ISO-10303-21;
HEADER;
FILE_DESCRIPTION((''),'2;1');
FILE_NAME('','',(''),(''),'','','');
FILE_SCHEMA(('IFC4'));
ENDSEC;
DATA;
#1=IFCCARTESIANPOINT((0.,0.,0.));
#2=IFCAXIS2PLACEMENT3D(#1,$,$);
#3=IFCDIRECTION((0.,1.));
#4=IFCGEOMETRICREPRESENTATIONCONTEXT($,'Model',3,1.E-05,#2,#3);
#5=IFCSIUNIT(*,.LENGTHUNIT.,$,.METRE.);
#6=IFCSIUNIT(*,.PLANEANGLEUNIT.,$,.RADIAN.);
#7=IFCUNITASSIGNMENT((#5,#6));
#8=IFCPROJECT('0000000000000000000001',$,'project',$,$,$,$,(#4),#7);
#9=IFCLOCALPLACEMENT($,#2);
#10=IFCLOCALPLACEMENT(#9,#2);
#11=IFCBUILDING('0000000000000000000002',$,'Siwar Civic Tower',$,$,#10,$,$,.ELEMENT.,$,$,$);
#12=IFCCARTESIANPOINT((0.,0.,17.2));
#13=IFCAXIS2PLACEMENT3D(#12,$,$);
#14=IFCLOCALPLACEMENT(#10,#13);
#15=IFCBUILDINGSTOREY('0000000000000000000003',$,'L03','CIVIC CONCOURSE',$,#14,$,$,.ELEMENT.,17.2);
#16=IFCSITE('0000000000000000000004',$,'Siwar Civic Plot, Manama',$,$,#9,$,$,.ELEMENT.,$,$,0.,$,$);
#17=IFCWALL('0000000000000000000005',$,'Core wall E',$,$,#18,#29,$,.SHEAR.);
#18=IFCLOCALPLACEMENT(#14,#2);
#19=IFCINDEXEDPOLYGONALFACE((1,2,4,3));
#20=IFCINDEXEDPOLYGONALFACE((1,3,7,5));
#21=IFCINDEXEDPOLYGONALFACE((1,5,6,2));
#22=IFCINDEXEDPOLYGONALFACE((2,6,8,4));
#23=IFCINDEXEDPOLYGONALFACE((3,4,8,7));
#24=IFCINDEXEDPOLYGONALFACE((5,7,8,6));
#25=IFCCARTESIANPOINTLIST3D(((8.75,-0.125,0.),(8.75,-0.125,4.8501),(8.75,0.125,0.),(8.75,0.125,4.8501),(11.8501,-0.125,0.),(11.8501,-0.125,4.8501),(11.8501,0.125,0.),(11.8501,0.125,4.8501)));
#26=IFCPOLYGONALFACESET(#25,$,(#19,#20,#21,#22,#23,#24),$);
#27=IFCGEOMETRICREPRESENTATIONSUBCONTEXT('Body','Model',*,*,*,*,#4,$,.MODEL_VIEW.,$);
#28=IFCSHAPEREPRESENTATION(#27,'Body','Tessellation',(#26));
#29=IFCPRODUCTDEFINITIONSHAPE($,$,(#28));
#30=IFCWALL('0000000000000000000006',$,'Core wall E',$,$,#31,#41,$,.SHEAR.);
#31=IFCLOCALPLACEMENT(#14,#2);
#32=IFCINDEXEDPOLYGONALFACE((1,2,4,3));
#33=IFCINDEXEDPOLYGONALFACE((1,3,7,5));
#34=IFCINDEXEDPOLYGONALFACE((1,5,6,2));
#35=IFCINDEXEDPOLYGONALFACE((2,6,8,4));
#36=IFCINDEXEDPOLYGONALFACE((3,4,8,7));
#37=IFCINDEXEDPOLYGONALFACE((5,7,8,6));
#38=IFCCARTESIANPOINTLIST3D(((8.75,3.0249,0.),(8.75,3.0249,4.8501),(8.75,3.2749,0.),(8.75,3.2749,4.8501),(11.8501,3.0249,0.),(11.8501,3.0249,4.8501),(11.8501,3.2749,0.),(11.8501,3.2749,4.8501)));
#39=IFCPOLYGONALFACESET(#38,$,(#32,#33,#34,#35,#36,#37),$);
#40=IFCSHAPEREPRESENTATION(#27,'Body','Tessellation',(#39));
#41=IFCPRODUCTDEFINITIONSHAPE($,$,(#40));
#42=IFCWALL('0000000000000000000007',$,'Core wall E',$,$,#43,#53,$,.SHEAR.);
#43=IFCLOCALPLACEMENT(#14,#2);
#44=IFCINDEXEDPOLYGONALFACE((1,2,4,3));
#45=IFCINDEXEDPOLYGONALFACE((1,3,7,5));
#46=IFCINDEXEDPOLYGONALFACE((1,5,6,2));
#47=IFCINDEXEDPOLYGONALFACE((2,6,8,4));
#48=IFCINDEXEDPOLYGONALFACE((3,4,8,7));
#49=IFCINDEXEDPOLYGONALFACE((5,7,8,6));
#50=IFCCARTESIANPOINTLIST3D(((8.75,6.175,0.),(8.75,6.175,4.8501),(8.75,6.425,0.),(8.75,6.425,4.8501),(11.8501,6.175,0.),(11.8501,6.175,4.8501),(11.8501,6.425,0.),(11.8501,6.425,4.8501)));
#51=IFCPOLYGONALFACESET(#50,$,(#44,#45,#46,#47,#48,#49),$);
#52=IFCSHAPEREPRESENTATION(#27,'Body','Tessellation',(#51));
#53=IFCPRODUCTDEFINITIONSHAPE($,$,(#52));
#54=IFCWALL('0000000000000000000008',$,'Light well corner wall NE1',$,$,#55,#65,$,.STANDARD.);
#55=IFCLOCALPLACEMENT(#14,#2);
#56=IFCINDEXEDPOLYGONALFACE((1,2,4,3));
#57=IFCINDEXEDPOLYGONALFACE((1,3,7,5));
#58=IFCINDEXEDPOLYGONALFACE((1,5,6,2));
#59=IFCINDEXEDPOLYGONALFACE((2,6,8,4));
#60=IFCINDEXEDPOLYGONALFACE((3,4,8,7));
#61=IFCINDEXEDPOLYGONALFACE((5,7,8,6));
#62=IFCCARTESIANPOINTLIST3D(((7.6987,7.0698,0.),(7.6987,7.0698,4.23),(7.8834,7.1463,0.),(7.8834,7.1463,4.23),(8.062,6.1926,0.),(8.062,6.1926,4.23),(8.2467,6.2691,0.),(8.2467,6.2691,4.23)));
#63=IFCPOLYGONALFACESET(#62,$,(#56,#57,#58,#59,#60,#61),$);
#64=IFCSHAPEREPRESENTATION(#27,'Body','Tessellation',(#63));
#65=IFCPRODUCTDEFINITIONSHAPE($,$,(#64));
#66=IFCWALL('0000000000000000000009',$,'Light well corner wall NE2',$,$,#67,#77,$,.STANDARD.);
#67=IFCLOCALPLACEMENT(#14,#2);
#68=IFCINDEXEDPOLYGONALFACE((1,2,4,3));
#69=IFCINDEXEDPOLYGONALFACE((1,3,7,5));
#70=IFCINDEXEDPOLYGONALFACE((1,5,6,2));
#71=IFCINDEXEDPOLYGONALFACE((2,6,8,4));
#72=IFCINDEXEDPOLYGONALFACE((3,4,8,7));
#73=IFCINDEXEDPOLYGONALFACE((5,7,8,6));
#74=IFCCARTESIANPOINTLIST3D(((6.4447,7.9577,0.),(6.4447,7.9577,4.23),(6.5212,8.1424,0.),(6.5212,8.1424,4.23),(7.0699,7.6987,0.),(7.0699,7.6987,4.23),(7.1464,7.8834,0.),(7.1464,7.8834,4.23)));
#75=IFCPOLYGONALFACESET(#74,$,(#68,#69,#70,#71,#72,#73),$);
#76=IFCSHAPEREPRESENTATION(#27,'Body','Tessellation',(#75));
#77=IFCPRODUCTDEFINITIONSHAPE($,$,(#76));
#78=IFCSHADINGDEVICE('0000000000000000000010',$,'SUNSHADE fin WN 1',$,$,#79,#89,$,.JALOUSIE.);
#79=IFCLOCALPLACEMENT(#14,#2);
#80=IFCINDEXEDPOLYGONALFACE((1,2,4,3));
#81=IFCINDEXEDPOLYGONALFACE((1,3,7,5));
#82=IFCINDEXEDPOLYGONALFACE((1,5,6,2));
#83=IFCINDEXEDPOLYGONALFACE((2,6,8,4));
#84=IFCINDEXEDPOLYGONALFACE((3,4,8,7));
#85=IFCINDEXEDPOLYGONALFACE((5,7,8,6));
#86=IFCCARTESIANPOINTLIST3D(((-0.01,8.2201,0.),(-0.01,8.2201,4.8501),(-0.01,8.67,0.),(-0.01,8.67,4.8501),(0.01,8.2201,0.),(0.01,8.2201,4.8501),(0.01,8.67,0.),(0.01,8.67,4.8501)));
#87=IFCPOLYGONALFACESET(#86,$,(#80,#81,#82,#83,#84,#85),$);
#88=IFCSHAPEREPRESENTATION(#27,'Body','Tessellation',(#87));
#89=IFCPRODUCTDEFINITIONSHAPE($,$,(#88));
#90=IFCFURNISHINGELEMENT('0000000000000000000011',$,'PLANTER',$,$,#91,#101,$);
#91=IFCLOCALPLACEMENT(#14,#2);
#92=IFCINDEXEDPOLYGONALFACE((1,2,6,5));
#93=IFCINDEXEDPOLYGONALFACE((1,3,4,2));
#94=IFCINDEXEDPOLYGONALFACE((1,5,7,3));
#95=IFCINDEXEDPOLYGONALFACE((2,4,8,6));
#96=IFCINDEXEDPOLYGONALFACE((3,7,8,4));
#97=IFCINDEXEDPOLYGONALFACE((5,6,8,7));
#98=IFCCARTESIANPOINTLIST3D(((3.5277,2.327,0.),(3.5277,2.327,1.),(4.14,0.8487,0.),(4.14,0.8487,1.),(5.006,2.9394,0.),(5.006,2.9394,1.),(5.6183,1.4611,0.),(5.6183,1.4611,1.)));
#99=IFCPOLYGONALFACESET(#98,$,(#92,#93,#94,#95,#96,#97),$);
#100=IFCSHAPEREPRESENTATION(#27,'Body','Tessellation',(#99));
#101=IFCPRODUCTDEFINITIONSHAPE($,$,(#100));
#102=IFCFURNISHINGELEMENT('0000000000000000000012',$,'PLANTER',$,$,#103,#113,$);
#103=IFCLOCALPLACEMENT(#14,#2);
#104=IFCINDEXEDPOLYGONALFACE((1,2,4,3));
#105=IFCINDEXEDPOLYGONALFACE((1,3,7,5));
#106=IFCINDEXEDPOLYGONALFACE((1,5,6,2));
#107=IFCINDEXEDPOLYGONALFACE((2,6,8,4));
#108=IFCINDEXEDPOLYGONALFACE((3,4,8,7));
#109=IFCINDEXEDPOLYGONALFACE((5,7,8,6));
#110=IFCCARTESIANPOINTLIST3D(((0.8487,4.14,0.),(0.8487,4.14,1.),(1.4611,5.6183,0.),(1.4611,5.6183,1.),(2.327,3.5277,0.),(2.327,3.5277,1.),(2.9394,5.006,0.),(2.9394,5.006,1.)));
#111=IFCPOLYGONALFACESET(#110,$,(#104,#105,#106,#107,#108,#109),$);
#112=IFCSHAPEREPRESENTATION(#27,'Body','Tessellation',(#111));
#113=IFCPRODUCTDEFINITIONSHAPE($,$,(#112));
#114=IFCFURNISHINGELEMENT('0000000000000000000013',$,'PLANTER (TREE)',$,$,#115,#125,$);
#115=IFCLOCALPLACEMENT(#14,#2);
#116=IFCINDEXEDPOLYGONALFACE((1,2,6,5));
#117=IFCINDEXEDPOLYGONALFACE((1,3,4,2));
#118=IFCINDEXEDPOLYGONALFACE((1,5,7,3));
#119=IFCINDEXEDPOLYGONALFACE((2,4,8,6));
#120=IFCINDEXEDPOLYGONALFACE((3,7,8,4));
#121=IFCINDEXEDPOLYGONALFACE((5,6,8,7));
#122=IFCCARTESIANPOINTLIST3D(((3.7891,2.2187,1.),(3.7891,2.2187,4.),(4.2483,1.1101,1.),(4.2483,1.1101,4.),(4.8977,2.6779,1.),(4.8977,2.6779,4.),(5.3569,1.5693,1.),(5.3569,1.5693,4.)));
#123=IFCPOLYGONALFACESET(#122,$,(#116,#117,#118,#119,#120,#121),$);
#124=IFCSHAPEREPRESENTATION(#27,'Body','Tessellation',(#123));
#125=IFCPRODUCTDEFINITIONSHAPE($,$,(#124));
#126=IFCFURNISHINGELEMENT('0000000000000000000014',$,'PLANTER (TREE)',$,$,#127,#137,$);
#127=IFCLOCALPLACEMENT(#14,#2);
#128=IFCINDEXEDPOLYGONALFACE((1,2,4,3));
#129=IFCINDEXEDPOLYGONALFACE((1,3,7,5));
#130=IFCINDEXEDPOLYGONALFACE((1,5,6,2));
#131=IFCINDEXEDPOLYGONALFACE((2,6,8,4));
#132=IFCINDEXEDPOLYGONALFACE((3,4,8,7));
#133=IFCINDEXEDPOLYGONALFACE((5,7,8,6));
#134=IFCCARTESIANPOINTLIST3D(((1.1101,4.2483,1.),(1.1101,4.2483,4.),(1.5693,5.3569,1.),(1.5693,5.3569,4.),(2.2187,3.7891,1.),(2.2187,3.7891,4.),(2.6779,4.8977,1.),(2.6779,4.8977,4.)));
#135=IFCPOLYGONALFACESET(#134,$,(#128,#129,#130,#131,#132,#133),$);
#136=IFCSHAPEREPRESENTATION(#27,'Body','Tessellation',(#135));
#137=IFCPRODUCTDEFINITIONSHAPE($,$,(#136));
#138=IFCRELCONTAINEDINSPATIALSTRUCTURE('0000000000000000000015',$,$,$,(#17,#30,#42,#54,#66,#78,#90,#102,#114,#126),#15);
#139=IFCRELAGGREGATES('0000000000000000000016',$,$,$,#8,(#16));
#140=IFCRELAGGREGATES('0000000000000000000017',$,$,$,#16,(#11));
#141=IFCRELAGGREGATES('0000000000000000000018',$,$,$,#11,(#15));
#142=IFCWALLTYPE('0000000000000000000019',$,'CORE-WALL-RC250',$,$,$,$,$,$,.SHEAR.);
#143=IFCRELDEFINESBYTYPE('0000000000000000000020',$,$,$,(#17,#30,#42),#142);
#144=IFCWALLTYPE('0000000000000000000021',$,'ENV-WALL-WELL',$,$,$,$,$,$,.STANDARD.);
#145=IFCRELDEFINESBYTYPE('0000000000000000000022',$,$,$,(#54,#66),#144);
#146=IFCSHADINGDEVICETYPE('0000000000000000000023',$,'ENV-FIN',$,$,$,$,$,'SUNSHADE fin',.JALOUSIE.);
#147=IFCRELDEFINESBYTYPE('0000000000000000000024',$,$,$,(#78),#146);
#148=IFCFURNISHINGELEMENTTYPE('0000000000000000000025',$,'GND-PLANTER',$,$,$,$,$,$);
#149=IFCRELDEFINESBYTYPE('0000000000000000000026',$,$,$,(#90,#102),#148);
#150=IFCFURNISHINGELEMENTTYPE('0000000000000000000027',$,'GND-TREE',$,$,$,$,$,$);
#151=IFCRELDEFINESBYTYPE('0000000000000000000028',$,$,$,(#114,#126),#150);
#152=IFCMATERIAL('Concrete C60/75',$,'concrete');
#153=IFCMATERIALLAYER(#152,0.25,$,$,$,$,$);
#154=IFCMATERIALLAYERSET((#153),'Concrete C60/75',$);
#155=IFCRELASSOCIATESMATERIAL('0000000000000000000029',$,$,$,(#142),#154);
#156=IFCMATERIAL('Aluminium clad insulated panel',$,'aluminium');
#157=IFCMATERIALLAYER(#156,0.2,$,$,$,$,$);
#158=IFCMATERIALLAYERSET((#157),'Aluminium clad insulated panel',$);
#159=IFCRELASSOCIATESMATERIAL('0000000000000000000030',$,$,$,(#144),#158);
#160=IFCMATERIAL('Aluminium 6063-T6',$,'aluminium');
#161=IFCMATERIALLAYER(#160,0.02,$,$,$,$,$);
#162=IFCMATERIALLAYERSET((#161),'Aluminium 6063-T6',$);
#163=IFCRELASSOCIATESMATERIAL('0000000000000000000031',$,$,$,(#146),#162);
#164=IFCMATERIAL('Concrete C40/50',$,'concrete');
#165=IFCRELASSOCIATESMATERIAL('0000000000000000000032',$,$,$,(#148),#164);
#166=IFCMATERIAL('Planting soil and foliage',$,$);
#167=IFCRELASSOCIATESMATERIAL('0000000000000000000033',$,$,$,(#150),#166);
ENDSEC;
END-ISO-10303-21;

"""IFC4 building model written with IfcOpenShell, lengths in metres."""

from ifc_helpers import new_model, si_unit, direction, frame, frame_2d, origin, origin_2d, place, context, subcontext, project, spatial, rectangle, extrude, material, layer, layer_set, type_object, element, save


model = new_model("IFC4")

# Units and contexts
model_context = context("Model", 3, precision=1e-05, world=origin(), true_north=direction((0.0, 1.0)))
body_context = subcontext(model_context, "Body", "Model", "MODEL_VIEW")
ifc_project = project(units=[si_unit("LENGTHUNIT", "METRE"), si_unit("PLANEANGLEUNIT", "RADIAN")], contexts=[model_context])

# Site, building, storey
site_placement = place(None, origin())
site = spatial("IfcSite", under=ifc_project, at=site_placement, Name="Siwar Civic Plot, Manama", CompositionType="ELEMENT", RefElevation=0.0)
building_placement = place(site_placement, origin())
building = spatial("IfcBuilding", under=site, at=building_placement, Name="Siwar Civic Tower", CompositionType="ELEMENT")
storey_placement = place(building_placement, frame((0.0, 0.0, 17.2)))
storey = spatial("IfcBuildingStorey", under=building, at=storey_placement, Name="L03", Description="CIVIC CONCOURSE", CompositionType="ELEMENT", Elevation=17.2)

# Shared definitions
ifc_material_1 = material(Name="Concrete C60/75", Category="concrete")
ifc_layer_1 = layer(ifc_material_1, 0.25)
ifc_layer_set_1 = layer_set([ifc_layer_1], Name="Concrete C60/75")
wall_type_1 = type_object("IfcWallType", Name="CORE-WALL-RC250", PredefinedType="SHEAR", material=ifc_layer_set_1)

# Walls
for number, where, z_axis, x_axis, name in (
    (1, (8.75, 0.0, 0.0), (0.0, 0.0, 1.0), (1.0, 0.0, 0.0), "Core wall E"),
    (2, (8.75, 3.1499, 0.0), (0.0, 0.0, 1.0), (1.0, 0.0, 0.0), "Core wall E"),
    (3, (8.75, 6.3, 0.0), (0.0, 0.0, 1.0), (1.0, 0.0, 0.0), "Core wall E"),
):
    element("IfcWall", number, at=place(storey_placement, frame(where, z_axis=z_axis, x_axis=x_axis)), inside=storey, type_object=wall_type_1, Name=name, PredefinedType="SHEAR", context=body_context, shape_type="SweptSolid", body=[
        extrude(rectangle(XDim=3.1001, YDim=0.25, at=frame_2d((1.55, 0.0))), origin(), (0.0, 0.0, 1.0), 4.8501),
    ])
ifc_material_2 = material(Name="Aluminium clad insulated panel", Category="aluminium")
ifc_layer_2 = layer(ifc_material_2, 0.2)
ifc_layer_set_2 = layer_set([ifc_layer_2], Name="Aluminium clad insulated panel")
wall_type_2 = type_object("IfcWallType", Name="ENV-WALL-WELL", PredefinedType="STANDARD", material=ifc_layer_set_2)
wall_1_placement = place(storey_placement, frame((8.1543, 6.231, 0.0), z_axis=(0.0, 0.0, 1.0), x_axis=(-0.382624, 0.923904, 0.0)))
element("IfcWall", 4, at=wall_1_placement, inside=storey, type_object=wall_type_2, Name="Light well corner wall NE1", PredefinedType="STANDARD", context=body_context, shape_type="SweptSolid", body=[
    extrude(rectangle(XDim=0.9495, YDim=0.2, at=frame_2d((0.4746, 0.0))), origin(), (0.0, 0.0, 1.0), 4.23),
])
wall_2_placement = place(storey_placement, frame((7.1082, 7.791, 0.0), z_axis=(0.0, 0.0, 1.0), x_axis=(-0.923854, 0.382745, 0.0)))
element("IfcWall", 5, at=wall_2_placement, inside=storey, type_object=wall_type_2, Name="Light well corner wall NE2", PredefinedType="STANDARD", context=body_context, shape_type="SweptSolid", body=[
    extrude(rectangle(XDim=0.6768, YDim=0.2, at=frame_2d((0.3384, 0.0))), origin(), (0.0, 0.0, 1.0), 4.23),
])

# Shading device
ifc_material_3 = material(Name="Aluminium 6063-T6", Category="aluminium")
ifc_layer_3 = layer(ifc_material_3, 0.02)
ifc_layer_set_3 = layer_set([ifc_layer_3], Name="Aluminium 6063-T6")
shading_device_type = type_object("IfcShadingDeviceType", Name="ENV-FIN", ElementType="SUNSHADE fin", PredefinedType="JALOUSIE", material=ifc_layer_set_3)
shading_device_placement = place(storey_placement, frame((0.0, 8.4451, 0.0), z_axis=(0.0, 0.0, 1.0), x_axis=(-1.0, 0.0, 0.0)))
element("IfcShadingDevice", 6, at=shading_device_placement, inside=storey, type_object=shading_device_type, Name="SUNSHADE fin WN 1", PredefinedType="JALOUSIE", context=body_context, shape_type="SweptSolid", body=[
    extrude(rectangle(XDim=0.02, YDim=0.45, at=origin_2d()), origin(), (0.0, 0.0, 1.0), 4.8501),
])

# Furnishing elements
ifc_material_4 = material(Name="Concrete C40/50", Category="concrete")
furnishing_element_type_1 = type_object("IfcFurnishingElementType", Name="GND-PLANTER", material=ifc_material_4)
for number, where, z_axis, x_axis, name in (
    (7, (4.573, 1.894, 0.0), (0.0, 0.0, 1.0), (0.92388, 0.382683, 0.0), "PLANTER"),
    (8, (1.894, 4.573, 0.0), (0.0, 0.0, 1.0), (0.382683, 0.92388, 0.0), "PLANTER"),
):
    element("IfcFurnishingElement", number, at=place(storey_placement, frame(where, z_axis=z_axis, x_axis=x_axis)), inside=storey, type_object=furnishing_element_type_1, Name=name, context=body_context, shape_type="SweptSolid", body=[
        extrude(rectangle(XDim=1.6001, YDim=1.6001, at=origin_2d()), origin(), (0.0, 0.0, 1.0), 1.0),
    ])
ifc_material_5 = material(Name="Planting soil and foliage")
furnishing_element_type_2 = type_object("IfcFurnishingElementType", Name="GND-TREE", material=ifc_material_5)
for number, where, z_axis, x_axis, name in (
    (9, (4.573, 1.894, 1.0), (0.0, 0.0, 1.0), (0.92388, 0.382683, 0.0), "PLANTER (TREE)"),
    (10, (1.894, 4.573, 1.0), (0.0, 0.0, 1.0), (0.382683, 0.92388, 0.0), "PLANTER (TREE)"),
):
    element("IfcFurnishingElement", number, at=place(storey_placement, frame(where, z_axis=z_axis, x_axis=x_axis)), inside=storey, type_object=furnishing_element_type_2, Name=name, context=body_context, shape_type="SweptSolid", body=[
        extrude(rectangle(XDim=1.2, YDim=1.2, at=origin_2d()), origin(), (0.0, 0.0, 1.0), 3.0),
    ])

save(model, "model.ifc")
